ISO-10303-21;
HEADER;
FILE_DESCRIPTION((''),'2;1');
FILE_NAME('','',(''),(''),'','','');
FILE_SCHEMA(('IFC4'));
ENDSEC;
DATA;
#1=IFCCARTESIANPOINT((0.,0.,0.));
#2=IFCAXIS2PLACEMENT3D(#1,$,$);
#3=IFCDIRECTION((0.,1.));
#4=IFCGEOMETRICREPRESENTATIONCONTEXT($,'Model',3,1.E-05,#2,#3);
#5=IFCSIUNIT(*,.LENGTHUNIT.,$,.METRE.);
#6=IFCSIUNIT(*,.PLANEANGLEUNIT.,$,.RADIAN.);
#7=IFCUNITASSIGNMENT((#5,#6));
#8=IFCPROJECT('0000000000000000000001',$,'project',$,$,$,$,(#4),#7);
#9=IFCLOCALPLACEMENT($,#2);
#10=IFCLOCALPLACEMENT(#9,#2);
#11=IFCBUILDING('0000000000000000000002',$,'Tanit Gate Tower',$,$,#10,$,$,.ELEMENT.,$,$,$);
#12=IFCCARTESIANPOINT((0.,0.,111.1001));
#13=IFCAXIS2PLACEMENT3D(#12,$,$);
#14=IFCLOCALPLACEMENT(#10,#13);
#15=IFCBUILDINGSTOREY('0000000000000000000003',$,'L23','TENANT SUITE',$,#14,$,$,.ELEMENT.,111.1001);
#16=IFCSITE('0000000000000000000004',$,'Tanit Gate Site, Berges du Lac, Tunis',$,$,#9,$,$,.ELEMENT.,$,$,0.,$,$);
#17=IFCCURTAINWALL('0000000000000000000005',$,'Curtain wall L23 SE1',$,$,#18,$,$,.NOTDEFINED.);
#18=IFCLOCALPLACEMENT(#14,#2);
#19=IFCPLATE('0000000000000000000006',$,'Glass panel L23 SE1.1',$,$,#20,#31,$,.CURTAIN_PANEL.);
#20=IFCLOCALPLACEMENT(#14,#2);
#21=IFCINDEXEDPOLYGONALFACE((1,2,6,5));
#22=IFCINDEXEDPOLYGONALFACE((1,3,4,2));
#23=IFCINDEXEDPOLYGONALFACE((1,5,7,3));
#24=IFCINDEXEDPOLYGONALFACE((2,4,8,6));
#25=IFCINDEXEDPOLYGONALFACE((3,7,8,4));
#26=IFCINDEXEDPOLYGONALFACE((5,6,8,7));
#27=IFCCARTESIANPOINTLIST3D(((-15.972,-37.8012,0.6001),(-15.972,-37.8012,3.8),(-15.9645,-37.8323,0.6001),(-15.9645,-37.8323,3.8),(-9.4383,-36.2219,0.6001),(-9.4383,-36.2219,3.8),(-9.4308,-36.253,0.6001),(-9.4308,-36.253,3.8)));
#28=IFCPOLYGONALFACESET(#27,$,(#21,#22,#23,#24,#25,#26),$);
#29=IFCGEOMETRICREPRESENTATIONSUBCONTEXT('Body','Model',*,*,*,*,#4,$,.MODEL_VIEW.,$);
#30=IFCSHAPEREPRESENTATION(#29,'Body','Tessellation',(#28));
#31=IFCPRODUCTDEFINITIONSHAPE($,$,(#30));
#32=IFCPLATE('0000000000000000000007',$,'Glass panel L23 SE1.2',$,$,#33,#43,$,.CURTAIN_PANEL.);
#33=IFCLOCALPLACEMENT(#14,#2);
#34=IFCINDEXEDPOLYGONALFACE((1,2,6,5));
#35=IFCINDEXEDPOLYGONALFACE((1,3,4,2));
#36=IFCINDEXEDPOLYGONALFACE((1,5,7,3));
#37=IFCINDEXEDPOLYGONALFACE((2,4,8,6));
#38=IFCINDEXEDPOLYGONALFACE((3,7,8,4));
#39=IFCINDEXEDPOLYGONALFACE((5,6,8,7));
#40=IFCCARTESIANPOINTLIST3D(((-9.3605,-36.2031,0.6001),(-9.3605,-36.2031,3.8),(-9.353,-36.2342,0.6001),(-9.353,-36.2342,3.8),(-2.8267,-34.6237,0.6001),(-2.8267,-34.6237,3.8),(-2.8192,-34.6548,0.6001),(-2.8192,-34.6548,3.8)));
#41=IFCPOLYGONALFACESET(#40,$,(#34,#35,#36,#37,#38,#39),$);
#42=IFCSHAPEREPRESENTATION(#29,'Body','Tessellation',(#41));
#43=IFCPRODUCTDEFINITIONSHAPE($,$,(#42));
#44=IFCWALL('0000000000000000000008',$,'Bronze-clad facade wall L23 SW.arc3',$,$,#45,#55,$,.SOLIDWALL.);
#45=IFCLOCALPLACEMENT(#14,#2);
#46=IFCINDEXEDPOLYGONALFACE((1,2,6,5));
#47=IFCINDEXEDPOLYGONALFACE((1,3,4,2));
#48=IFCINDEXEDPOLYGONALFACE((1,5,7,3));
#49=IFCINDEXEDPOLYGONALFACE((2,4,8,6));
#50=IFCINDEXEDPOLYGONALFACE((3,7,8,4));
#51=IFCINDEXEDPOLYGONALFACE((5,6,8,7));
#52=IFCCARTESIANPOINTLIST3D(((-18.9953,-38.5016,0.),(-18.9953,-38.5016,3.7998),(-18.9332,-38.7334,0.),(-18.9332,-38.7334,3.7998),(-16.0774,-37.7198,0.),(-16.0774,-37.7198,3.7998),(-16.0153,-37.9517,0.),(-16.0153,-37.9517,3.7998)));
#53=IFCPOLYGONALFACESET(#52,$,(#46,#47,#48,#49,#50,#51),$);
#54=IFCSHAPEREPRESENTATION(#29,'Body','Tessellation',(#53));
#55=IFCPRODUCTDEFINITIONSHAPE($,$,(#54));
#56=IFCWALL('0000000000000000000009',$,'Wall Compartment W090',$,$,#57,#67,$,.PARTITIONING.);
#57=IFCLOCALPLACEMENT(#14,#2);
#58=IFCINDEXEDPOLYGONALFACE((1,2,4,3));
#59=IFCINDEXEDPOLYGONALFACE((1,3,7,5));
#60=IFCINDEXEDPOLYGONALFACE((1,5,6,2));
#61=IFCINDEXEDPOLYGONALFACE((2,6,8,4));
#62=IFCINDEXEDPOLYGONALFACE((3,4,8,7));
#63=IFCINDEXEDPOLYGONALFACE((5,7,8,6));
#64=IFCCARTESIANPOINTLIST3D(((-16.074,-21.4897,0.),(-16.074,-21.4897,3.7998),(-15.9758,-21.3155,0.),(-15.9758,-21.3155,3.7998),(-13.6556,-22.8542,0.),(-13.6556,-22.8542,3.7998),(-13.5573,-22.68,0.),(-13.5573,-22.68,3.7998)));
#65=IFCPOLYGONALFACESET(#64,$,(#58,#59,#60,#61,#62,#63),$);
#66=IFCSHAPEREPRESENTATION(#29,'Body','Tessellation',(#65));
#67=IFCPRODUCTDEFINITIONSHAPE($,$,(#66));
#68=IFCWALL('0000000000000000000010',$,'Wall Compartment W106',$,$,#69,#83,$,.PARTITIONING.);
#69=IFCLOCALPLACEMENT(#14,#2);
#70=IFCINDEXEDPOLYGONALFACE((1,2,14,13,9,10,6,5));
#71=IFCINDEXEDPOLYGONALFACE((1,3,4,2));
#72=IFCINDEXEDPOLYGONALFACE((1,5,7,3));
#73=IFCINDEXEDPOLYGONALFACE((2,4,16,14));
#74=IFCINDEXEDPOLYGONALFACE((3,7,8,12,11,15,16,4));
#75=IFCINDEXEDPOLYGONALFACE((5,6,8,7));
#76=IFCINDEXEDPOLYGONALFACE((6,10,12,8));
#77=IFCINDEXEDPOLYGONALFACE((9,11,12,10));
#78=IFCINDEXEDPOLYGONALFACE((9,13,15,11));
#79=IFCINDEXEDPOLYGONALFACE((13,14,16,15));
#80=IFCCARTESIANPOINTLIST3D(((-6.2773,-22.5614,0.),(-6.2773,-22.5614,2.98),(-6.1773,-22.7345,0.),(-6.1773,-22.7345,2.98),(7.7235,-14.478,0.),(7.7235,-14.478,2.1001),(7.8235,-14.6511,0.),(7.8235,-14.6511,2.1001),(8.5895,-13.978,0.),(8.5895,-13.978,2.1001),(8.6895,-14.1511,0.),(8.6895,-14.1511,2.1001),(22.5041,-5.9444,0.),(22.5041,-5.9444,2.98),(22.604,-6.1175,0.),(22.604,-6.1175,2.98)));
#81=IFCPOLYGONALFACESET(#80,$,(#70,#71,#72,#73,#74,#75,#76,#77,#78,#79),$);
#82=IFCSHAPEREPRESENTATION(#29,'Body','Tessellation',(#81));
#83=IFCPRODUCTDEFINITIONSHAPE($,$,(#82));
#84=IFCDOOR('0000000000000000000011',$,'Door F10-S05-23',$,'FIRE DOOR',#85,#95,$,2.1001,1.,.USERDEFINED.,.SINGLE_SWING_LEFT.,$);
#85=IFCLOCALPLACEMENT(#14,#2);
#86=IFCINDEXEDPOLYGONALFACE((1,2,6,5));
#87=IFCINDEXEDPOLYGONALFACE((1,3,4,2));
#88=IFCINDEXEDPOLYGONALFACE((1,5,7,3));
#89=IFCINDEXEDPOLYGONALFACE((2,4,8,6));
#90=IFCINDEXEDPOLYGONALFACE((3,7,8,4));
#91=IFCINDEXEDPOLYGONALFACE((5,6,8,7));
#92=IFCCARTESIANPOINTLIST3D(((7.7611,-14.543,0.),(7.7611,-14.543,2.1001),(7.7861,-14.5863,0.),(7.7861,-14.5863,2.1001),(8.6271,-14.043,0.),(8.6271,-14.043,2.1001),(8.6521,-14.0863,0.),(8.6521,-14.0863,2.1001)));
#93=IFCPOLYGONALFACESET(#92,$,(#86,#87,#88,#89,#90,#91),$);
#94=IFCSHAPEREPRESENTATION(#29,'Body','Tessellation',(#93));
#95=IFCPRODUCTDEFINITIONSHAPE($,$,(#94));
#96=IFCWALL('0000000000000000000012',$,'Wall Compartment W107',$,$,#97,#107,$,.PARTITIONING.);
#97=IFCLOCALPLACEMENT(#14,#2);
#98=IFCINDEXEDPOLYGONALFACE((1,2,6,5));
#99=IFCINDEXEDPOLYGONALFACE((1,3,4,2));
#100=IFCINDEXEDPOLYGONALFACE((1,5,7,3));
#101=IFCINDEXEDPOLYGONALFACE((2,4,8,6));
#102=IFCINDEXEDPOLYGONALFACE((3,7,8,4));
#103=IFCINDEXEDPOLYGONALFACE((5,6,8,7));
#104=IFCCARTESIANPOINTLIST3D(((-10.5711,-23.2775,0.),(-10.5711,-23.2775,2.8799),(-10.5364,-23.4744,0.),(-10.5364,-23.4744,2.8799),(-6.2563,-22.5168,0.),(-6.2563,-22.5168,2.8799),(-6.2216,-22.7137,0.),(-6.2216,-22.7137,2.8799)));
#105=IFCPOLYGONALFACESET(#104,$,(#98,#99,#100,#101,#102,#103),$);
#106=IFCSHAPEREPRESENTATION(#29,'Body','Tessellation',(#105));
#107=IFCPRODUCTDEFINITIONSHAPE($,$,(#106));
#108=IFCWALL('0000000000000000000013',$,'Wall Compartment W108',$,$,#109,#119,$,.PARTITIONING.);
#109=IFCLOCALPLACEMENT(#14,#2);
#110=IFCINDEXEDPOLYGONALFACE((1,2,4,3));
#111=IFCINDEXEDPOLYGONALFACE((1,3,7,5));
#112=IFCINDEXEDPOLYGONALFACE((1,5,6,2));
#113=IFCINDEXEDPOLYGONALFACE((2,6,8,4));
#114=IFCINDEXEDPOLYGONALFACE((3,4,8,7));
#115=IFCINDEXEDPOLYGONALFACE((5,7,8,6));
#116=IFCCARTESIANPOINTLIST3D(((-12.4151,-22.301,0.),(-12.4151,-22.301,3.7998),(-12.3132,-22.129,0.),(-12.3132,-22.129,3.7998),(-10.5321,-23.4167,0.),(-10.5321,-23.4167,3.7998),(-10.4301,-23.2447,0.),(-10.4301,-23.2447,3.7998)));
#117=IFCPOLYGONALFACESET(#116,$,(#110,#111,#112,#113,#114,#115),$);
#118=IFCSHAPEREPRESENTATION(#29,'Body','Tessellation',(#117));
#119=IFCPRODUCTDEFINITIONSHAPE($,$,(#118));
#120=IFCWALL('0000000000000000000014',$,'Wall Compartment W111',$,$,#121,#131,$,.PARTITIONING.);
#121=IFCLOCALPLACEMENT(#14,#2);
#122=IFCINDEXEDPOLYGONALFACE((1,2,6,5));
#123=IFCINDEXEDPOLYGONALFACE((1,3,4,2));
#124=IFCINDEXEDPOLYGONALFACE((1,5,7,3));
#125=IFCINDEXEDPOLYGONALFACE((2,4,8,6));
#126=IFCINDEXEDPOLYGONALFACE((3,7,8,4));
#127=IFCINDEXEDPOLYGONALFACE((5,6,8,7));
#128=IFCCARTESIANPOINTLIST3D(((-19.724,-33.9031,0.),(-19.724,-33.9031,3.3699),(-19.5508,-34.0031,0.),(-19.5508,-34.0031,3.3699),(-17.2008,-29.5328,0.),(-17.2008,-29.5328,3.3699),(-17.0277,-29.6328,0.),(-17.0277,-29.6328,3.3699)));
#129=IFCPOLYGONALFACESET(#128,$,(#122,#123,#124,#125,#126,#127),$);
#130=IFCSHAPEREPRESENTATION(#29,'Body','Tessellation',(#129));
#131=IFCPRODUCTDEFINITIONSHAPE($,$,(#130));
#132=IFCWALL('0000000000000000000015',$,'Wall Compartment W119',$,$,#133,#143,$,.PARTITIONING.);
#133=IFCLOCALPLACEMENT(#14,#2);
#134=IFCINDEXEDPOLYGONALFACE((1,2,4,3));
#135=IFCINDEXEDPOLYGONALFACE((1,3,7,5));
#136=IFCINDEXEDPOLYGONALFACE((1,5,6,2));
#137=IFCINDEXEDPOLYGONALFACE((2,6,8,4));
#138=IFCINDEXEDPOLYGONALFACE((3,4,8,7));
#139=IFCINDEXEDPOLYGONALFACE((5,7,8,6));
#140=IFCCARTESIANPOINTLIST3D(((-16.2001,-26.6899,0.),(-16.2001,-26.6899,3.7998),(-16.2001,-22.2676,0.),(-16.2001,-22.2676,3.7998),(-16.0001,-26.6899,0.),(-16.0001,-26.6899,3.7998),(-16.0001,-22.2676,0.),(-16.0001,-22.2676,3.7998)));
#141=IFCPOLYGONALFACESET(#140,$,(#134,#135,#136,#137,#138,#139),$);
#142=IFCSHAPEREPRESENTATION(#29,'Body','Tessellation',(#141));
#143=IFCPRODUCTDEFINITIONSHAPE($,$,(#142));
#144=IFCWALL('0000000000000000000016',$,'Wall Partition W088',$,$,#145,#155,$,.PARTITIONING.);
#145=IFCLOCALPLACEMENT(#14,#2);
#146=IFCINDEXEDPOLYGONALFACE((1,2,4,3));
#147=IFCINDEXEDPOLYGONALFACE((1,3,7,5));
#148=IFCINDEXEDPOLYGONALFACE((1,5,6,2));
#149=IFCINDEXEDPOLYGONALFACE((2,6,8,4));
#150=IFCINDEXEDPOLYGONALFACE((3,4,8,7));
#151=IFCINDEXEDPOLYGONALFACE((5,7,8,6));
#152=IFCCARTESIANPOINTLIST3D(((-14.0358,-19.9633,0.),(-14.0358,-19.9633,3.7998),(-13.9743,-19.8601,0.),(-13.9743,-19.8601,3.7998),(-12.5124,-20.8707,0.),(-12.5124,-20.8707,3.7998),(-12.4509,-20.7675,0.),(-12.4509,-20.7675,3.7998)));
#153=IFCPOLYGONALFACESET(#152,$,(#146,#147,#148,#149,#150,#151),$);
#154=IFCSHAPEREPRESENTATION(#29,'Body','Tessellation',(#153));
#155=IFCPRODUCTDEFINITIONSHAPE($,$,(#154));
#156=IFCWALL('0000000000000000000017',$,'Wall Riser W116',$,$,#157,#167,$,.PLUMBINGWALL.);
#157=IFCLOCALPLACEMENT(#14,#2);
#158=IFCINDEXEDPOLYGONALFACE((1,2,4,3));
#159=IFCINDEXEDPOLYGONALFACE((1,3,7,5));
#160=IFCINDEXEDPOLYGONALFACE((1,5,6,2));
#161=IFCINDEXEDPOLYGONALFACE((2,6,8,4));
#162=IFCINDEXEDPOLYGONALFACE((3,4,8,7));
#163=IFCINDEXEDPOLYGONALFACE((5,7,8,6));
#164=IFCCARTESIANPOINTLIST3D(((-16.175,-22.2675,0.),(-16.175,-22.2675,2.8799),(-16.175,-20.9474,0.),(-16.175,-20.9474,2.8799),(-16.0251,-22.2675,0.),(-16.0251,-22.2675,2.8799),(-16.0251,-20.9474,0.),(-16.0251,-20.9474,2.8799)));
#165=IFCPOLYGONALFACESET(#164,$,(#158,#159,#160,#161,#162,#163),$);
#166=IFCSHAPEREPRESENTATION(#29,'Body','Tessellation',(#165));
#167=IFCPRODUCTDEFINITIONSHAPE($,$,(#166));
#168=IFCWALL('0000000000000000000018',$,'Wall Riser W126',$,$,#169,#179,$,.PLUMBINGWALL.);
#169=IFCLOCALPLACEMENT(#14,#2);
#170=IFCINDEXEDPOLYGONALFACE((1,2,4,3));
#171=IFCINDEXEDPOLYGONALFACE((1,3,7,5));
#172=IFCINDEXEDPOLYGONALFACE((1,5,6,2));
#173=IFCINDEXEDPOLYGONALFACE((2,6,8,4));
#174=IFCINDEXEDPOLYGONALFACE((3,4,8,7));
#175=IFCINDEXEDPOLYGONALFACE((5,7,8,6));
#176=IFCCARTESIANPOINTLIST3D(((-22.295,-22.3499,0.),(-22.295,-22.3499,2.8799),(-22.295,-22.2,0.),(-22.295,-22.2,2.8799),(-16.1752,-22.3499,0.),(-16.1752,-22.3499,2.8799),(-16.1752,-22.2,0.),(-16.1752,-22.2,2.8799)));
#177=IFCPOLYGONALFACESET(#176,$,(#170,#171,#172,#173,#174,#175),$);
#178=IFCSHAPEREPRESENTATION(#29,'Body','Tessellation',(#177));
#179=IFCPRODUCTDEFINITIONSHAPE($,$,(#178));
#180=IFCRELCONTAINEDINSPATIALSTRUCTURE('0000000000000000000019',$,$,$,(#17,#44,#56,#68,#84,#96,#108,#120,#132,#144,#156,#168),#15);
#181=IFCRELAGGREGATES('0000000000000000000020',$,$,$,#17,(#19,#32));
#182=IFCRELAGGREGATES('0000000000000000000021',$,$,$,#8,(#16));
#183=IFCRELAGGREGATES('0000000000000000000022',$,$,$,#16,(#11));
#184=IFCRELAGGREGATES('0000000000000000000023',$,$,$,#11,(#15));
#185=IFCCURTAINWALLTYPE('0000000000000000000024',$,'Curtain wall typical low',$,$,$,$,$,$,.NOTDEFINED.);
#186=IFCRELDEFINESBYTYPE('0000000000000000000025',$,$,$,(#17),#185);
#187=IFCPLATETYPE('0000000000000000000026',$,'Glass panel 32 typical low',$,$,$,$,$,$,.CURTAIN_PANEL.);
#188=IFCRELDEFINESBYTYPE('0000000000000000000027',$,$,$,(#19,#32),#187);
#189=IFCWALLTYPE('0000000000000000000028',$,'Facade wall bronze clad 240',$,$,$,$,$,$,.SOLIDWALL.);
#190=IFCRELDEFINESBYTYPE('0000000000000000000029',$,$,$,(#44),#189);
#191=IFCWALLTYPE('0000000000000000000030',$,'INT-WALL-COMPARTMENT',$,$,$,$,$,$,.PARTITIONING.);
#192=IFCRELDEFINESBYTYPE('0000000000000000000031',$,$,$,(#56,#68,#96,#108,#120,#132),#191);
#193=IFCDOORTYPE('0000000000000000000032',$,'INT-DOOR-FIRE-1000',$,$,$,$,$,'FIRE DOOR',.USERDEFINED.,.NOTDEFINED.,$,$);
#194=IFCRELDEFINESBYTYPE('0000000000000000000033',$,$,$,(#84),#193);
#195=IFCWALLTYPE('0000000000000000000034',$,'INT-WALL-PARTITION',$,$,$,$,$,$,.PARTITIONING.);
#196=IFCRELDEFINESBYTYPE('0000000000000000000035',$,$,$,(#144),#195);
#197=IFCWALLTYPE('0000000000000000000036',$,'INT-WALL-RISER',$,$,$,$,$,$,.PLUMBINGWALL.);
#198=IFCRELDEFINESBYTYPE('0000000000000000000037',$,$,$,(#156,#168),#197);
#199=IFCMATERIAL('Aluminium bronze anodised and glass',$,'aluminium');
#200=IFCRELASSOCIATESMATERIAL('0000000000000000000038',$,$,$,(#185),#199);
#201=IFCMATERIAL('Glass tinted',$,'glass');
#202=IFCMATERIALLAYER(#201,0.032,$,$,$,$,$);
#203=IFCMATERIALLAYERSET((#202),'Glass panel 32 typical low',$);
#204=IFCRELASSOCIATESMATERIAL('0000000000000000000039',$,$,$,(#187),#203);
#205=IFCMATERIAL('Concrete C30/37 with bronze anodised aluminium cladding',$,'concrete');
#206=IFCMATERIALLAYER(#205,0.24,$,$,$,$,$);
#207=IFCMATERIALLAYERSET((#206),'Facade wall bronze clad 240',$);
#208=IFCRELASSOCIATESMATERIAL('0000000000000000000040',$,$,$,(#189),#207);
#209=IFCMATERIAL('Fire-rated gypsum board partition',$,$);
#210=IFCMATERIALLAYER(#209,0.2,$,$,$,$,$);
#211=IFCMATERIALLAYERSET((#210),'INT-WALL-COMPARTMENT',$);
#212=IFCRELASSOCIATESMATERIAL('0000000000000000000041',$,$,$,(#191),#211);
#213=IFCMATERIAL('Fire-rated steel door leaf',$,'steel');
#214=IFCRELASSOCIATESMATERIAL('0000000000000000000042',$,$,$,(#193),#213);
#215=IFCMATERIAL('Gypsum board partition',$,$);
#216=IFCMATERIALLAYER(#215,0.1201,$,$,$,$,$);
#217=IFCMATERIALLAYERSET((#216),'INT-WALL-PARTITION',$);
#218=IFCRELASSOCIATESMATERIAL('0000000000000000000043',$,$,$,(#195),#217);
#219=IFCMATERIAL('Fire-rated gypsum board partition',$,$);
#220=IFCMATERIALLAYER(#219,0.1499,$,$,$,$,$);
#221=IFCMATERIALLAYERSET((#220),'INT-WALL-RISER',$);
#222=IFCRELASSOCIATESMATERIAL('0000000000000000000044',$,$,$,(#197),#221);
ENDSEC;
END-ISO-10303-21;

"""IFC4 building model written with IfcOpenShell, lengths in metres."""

from ifc_helpers import new_model, si_unit, direction, frame, frame_2d, origin, origin_2d, place, context, subcontext, project, spatial, rectangle, extrude, material, layer, layer_set, type_object, element, fill, aggregate, save


model = new_model("IFC4")

# Units and contexts
model_context = context("Model", 3, precision=1e-05, world=origin(), true_north=direction((0.0, 1.0)))
body_context = subcontext(model_context, "Body", "Model", "MODEL_VIEW")
ifc_project = project(units=[si_unit("LENGTHUNIT", "METRE"), si_unit("PLANEANGLEUNIT", "RADIAN")], contexts=[model_context])

# Site, building, storey
site_placement = place(None, origin())
site = spatial("IfcSite", under=ifc_project, at=site_placement, Name="Tanit Gate Site, Berges du Lac, Tunis", CompositionType="ELEMENT", RefElevation=0.0)
building_placement = place(site_placement, origin())
building = spatial("IfcBuilding", under=site, at=building_placement, Name="Tanit Gate Tower", CompositionType="ELEMENT")
storey_placement = place(building_placement, frame((0.0, 0.0, 111.1001)))
storey = spatial("IfcBuildingStorey", under=building, at=storey_placement, Name="L23", Description="TENANT SUITE", CompositionType="ELEMENT", Elevation=111.1001)

# Curtain wall
ifc_material_1 = material(Name="Aluminium bronze anodised and glass", Category="aluminium")
curtain_wall_type = type_object("IfcCurtainWallType", Name="Curtain wall typical low", PredefinedType="NOTDEFINED", material=ifc_material_1)
curtain_wall_placement = place(storey_placement, origin())
curtain_wall = element("IfcCurtainWall", 1, at=curtain_wall_placement, inside=storey, type_object=curtain_wall_type, Name="Curtain wall L23 SE1", PredefinedType="NOTDEFINED")

# Plates
ifc_material_2 = material(Name="Glass tinted", Category="glass")
ifc_layer_1 = layer(ifc_material_2, 0.032)
ifc_layer_set_1 = layer_set([ifc_layer_1], Name="Glass panel 32 typical low")
plate_type = type_object("IfcPlateType", Name="Glass panel 32 typical low", PredefinedType="CURTAIN_PANEL", material=ifc_layer_set_1)
plate_1_placement = place(storey_placement, frame((-12.7014, -37.0271, 0.6001), z_axis=(0.0, 0.0, 1.0), x_axis=(0.972006, 0.234957, 0.0)))
plate_1 = element("IfcPlate", 2, at=plate_1_placement, type_object=plate_type, Name="Glass panel L23 SE1.1", PredefinedType="CURTAIN_PANEL", context=body_context, shape_type="SweptSolid", body=[
    extrude(rectangle(XDim=6.7219, YDim=0.032, at=origin_2d()), origin(), (0.0, 0.0, 1.0), 3.2),
])
plate_2_placement = place(storey_placement, frame((-6.0898, -35.429, 0.6001), z_axis=(0.0, 0.0, 1.0), x_axis=(0.972006, 0.234957, 0.0)))
plate_2 = element("IfcPlate", 3, at=plate_2_placement, type_object=plate_type, Name="Glass panel L23 SE1.2", PredefinedType="CURTAIN_PANEL", context=body_context, shape_type="SweptSolid", body=[
    extrude(rectangle(XDim=6.7219, YDim=0.032, at=origin_2d()), origin(), (0.0, 0.0, 1.0), 3.2),
])
aggregate(curtain_wall, [plate_1, plate_2])

# Walls
ifc_material_3 = material(Name="Concrete C30/37 with bronze anodised aluminium cladding", Category="concrete")
ifc_layer_2 = layer(ifc_material_3, 0.24)
ifc_layer_set_2 = layer_set([ifc_layer_2], Name="Facade wall bronze clad 240")
wall_type_1 = type_object("IfcWallType", Name="Facade wall bronze clad 240", PredefinedType="SOLIDWALL", material=ifc_layer_set_2)
wall_1_placement = place(storey_placement, frame((-18.9641, -38.6174, 0.0), z_axis=(0.0, 0.0, 1.0), x_axis=(0.965937, 0.258779, 0.0)))
element("IfcWall", 4, at=wall_1_placement, inside=storey, type_object=wall_type_1, Name="Bronze-clad facade wall L23 SW.arc3", PredefinedType="SOLIDWALL", context=body_context, shape_type="SweptSolid", body=[
    extrude(rectangle(XDim=3.0208, YDim=0.24, at=frame_2d((1.5103, 0.0))), origin(), (0.0, 0.0, 1.0), 3.7998),
])
ifc_material_4 = material(Name="Fire-rated gypsum board partition")
ifc_layer_3 = layer(ifc_material_4, 0.2)
ifc_layer_set_3 = layer_set([ifc_layer_3], Name="INT-WALL-COMPARTMENT")
wall_type_2 = type_object("IfcWallType", Name="INT-WALL-COMPARTMENT", PredefinedType="PARTITIONING", material=ifc_layer_set_3)
wall_2_placement = place(storey_placement, frame((-16.0249, -21.4026, 0.0), z_axis=(0.0, 0.0, 1.0), x_axis=(0.870941, -0.491388, 0.0)))
element("IfcWall", 5, at=wall_2_placement, inside=storey, type_object=wall_type_2, Name="Wall Compartment W090", PredefinedType="PARTITIONING", context=body_context, shape_type="SweptSolid", body=[
    extrude(rectangle(XDim=2.7769, YDim=0.2, at=frame_2d((1.3884, 0.0))), origin(), (0.0, 0.0, 1.0), 3.7998),
])

# Wall, opening, door
wall_3_placement = place(storey_placement, frame((-6.2273, -22.6479, 0.0), z_axis=(0.0, 0.0, 1.0), x_axis=(0.866024, 0.500002, 0.0)))
wall_3 = element("IfcWall", 6, at=wall_3_placement, inside=storey, type_object=wall_type_2, Name="Wall Compartment W106", PredefinedType="PARTITIONING", context=body_context, shape_type="SweptSolid", body=[
    extrude(rectangle(XDim=33.2339, YDim=0.2, at=frame_2d((16.6169, 0.0))), origin(), (0.0, 0.0, 1.0), 2.98),
])
opening_placement = place(wall_3_placement, frame((16.1667, 0.0, 0.0)))
opening = element("IfcOpeningElement", 7, at=opening_placement, cuts=wall_3, PredefinedType="OPENING", context=body_context, shape_type="SweptSolid", body=[
    extrude(rectangle(XDim=1.0, YDim=2.1001, at=frame_2d((0.5, 1.05))), frame((0.0, 0.1099, 0.0), z_axis=(0.0, -1.0, 0.0), x_axis=(1.0, 0.0, 0.0)), (0.0, 0.0, 1.0), 0.22),
])
ifc_material_5 = material(Name="Fire-rated steel door leaf", Category="steel")
door_type = type_object("IfcDoorType", Name="INT-DOOR-FIRE-1000", ElementType="FIRE DOOR", OperationType="NOTDEFINED", PredefinedType="USERDEFINED", material=ifc_material_5)
door_placement = place(opening_placement, origin())
door = element("IfcDoor", 8, at=door_placement, inside=storey, type_object=door_type, Name="Door F10-S05-23", ObjectType="FIRE DOOR", OperationType="SINGLE_SWING_LEFT", OverallHeight=2.1001, OverallWidth=1.0, PredefinedType="USERDEFINED", context=body_context, shape_type="SweptSolid", body=[
    extrude(rectangle(XDim=1.0, YDim=2.1001, at=frame_2d((0.5, 1.05))), frame((0.0, 0.0249, 0.0), z_axis=(0.0, -1.0, 0.0), x_axis=(1.0, 0.0, 0.0)), (0.0, 0.0, 1.0), 0.05),
])
fill(opening, door)

# Walls
wall_4_placement = place(storey_placement, frame((-10.5537, -23.376, 0.0), z_axis=(0.0, 0.0, 1.0), x_axis=(0.98481, 0.173636, 0.0)))
element("IfcWall", 9, at=wall_4_placement, inside=storey, type_object=wall_type_2, Name="Wall Compartment W107", PredefinedType="PARTITIONING", context=body_context, shape_type="SweptSolid", body=[
    extrude(rectangle(XDim=4.3813, YDim=0.2, at=frame_2d((2.1907, 0.0))), origin(), (0.0, 0.0, 1.0), 2.8799),
])
wall_5_placement = place(storey_placement, frame((-12.364, -22.2151, 0.0), z_axis=(0.0, 0.0, 1.0), x_axis=(0.860324, -0.509747, 0.0)))
element("IfcWall", 10, at=wall_5_placement, inside=storey, type_object=wall_type_2, Name="Wall Compartment W108", PredefinedType="PARTITIONING", context=body_context, shape_type="SweptSolid", body=[
    extrude(rectangle(XDim=2.1887, YDim=0.2, at=frame_2d((1.0942, 0.0))), origin(), (0.0, 0.0, 1.0), 3.7998),
])
wall_6_placement = place(storey_placement, frame((-17.1143, -29.5828, 0.0), z_axis=(0.0, 0.0, 1.0), x_axis=(-0.499995, -0.866028, 0.0)))
element("IfcWall", 11, at=wall_6_placement, inside=storey, type_object=wall_type_2, Name="Wall Compartment W111", PredefinedType="PARTITIONING", context=body_context, shape_type="SweptSolid", body=[
    extrude(rectangle(XDim=5.0464, YDim=0.2, at=frame_2d((2.5232, 0.0))), origin(), (0.0, 0.0, 1.0), 3.3699),
])
wall_7_placement = place(storey_placement, frame((-16.1001, -26.6899, 0.0), z_axis=(0.0, 0.0, 1.0), x_axis=(0.0, 1.0, 0.0)))
element("IfcWall", 12, at=wall_7_placement, inside=storey, type_object=wall_type_2, Name="Wall Compartment W119", PredefinedType="PARTITIONING", context=body_context, shape_type="SweptSolid", body=[
    extrude(rectangle(XDim=4.4224, YDim=0.2, at=frame_2d((2.2112, 0.0))), origin(), (0.0, 0.0, 1.0), 3.7998),
])
ifc_material_6 = material(Name="Gypsum board partition")
ifc_layer_4 = layer(ifc_material_6, 0.1201)
ifc_layer_set_4 = layer_set([ifc_layer_4], Name="INT-WALL-PARTITION")
wall_type_3 = type_object("IfcWallType", Name="INT-WALL-PARTITION", PredefinedType="PARTITIONING", material=ifc_layer_set_4)
wall_8_placement = place(storey_placement, frame((-14.0051, -19.9116, 0.0), z_axis=(0.0, 0.0, 1.0), x_axis=(0.859129, -0.51176, 0.0)))
element("IfcWall", 13, at=wall_8_placement, inside=storey, type_object=wall_type_3, Name="Wall Partition W088", PredefinedType="PARTITIONING", context=body_context, shape_type="SweptSolid", body=[
    extrude(rectangle(XDim=1.7732, YDim=0.1201, at=frame_2d((0.8867, 0.0))), origin(), (0.0, 0.0, 1.0), 3.7998),
])
ifc_material_7 = material(Name="Fire-rated gypsum board partition")
ifc_layer_5 = layer(ifc_material_7, 0.1499)
ifc_layer_set_5 = layer_set([ifc_layer_5], Name="INT-WALL-RISER")
wall_type_4 = type_object("IfcWallType", Name="INT-WALL-RISER", PredefinedType="PLUMBINGWALL", material=ifc_layer_set_5)
wall_9_placement = place(storey_placement, frame((-16.1001, -22.2676, 0.0), z_axis=(0.0, 0.0, 1.0), x_axis=(0.0, 1.0, 0.0)))
element("IfcWall", 14, at=wall_9_placement, inside=storey, type_object=wall_type_4, Name="Wall Riser W116", PredefinedType="PLUMBINGWALL", context=body_context, shape_type="SweptSolid", body=[
    extrude(rectangle(XDim=1.3201, YDim=0.1499, at=frame_2d((0.6602, 0.0))), origin(), (0.0, 0.0, 1.0), 2.8799),
])
wall_10_placement = place(storey_placement, frame((-16.175, -22.2749, 0.0), z_axis=(0.0, 0.0, 1.0), x_axis=(-1.0, 0.0, 0.0)))
element("IfcWall", 15, at=wall_10_placement, inside=storey, type_object=wall_type_4, Name="Wall Riser W126", PredefinedType="PLUMBINGWALL", context=body_context, shape_type="SweptSolid", body=[
    extrude(rectangle(XDim=6.1199, YDim=0.1499, at=frame_2d((3.0601, 0.0))), origin(), (0.0, 0.0, 1.0), 2.8799),
])

save(model, "model.ifc")
